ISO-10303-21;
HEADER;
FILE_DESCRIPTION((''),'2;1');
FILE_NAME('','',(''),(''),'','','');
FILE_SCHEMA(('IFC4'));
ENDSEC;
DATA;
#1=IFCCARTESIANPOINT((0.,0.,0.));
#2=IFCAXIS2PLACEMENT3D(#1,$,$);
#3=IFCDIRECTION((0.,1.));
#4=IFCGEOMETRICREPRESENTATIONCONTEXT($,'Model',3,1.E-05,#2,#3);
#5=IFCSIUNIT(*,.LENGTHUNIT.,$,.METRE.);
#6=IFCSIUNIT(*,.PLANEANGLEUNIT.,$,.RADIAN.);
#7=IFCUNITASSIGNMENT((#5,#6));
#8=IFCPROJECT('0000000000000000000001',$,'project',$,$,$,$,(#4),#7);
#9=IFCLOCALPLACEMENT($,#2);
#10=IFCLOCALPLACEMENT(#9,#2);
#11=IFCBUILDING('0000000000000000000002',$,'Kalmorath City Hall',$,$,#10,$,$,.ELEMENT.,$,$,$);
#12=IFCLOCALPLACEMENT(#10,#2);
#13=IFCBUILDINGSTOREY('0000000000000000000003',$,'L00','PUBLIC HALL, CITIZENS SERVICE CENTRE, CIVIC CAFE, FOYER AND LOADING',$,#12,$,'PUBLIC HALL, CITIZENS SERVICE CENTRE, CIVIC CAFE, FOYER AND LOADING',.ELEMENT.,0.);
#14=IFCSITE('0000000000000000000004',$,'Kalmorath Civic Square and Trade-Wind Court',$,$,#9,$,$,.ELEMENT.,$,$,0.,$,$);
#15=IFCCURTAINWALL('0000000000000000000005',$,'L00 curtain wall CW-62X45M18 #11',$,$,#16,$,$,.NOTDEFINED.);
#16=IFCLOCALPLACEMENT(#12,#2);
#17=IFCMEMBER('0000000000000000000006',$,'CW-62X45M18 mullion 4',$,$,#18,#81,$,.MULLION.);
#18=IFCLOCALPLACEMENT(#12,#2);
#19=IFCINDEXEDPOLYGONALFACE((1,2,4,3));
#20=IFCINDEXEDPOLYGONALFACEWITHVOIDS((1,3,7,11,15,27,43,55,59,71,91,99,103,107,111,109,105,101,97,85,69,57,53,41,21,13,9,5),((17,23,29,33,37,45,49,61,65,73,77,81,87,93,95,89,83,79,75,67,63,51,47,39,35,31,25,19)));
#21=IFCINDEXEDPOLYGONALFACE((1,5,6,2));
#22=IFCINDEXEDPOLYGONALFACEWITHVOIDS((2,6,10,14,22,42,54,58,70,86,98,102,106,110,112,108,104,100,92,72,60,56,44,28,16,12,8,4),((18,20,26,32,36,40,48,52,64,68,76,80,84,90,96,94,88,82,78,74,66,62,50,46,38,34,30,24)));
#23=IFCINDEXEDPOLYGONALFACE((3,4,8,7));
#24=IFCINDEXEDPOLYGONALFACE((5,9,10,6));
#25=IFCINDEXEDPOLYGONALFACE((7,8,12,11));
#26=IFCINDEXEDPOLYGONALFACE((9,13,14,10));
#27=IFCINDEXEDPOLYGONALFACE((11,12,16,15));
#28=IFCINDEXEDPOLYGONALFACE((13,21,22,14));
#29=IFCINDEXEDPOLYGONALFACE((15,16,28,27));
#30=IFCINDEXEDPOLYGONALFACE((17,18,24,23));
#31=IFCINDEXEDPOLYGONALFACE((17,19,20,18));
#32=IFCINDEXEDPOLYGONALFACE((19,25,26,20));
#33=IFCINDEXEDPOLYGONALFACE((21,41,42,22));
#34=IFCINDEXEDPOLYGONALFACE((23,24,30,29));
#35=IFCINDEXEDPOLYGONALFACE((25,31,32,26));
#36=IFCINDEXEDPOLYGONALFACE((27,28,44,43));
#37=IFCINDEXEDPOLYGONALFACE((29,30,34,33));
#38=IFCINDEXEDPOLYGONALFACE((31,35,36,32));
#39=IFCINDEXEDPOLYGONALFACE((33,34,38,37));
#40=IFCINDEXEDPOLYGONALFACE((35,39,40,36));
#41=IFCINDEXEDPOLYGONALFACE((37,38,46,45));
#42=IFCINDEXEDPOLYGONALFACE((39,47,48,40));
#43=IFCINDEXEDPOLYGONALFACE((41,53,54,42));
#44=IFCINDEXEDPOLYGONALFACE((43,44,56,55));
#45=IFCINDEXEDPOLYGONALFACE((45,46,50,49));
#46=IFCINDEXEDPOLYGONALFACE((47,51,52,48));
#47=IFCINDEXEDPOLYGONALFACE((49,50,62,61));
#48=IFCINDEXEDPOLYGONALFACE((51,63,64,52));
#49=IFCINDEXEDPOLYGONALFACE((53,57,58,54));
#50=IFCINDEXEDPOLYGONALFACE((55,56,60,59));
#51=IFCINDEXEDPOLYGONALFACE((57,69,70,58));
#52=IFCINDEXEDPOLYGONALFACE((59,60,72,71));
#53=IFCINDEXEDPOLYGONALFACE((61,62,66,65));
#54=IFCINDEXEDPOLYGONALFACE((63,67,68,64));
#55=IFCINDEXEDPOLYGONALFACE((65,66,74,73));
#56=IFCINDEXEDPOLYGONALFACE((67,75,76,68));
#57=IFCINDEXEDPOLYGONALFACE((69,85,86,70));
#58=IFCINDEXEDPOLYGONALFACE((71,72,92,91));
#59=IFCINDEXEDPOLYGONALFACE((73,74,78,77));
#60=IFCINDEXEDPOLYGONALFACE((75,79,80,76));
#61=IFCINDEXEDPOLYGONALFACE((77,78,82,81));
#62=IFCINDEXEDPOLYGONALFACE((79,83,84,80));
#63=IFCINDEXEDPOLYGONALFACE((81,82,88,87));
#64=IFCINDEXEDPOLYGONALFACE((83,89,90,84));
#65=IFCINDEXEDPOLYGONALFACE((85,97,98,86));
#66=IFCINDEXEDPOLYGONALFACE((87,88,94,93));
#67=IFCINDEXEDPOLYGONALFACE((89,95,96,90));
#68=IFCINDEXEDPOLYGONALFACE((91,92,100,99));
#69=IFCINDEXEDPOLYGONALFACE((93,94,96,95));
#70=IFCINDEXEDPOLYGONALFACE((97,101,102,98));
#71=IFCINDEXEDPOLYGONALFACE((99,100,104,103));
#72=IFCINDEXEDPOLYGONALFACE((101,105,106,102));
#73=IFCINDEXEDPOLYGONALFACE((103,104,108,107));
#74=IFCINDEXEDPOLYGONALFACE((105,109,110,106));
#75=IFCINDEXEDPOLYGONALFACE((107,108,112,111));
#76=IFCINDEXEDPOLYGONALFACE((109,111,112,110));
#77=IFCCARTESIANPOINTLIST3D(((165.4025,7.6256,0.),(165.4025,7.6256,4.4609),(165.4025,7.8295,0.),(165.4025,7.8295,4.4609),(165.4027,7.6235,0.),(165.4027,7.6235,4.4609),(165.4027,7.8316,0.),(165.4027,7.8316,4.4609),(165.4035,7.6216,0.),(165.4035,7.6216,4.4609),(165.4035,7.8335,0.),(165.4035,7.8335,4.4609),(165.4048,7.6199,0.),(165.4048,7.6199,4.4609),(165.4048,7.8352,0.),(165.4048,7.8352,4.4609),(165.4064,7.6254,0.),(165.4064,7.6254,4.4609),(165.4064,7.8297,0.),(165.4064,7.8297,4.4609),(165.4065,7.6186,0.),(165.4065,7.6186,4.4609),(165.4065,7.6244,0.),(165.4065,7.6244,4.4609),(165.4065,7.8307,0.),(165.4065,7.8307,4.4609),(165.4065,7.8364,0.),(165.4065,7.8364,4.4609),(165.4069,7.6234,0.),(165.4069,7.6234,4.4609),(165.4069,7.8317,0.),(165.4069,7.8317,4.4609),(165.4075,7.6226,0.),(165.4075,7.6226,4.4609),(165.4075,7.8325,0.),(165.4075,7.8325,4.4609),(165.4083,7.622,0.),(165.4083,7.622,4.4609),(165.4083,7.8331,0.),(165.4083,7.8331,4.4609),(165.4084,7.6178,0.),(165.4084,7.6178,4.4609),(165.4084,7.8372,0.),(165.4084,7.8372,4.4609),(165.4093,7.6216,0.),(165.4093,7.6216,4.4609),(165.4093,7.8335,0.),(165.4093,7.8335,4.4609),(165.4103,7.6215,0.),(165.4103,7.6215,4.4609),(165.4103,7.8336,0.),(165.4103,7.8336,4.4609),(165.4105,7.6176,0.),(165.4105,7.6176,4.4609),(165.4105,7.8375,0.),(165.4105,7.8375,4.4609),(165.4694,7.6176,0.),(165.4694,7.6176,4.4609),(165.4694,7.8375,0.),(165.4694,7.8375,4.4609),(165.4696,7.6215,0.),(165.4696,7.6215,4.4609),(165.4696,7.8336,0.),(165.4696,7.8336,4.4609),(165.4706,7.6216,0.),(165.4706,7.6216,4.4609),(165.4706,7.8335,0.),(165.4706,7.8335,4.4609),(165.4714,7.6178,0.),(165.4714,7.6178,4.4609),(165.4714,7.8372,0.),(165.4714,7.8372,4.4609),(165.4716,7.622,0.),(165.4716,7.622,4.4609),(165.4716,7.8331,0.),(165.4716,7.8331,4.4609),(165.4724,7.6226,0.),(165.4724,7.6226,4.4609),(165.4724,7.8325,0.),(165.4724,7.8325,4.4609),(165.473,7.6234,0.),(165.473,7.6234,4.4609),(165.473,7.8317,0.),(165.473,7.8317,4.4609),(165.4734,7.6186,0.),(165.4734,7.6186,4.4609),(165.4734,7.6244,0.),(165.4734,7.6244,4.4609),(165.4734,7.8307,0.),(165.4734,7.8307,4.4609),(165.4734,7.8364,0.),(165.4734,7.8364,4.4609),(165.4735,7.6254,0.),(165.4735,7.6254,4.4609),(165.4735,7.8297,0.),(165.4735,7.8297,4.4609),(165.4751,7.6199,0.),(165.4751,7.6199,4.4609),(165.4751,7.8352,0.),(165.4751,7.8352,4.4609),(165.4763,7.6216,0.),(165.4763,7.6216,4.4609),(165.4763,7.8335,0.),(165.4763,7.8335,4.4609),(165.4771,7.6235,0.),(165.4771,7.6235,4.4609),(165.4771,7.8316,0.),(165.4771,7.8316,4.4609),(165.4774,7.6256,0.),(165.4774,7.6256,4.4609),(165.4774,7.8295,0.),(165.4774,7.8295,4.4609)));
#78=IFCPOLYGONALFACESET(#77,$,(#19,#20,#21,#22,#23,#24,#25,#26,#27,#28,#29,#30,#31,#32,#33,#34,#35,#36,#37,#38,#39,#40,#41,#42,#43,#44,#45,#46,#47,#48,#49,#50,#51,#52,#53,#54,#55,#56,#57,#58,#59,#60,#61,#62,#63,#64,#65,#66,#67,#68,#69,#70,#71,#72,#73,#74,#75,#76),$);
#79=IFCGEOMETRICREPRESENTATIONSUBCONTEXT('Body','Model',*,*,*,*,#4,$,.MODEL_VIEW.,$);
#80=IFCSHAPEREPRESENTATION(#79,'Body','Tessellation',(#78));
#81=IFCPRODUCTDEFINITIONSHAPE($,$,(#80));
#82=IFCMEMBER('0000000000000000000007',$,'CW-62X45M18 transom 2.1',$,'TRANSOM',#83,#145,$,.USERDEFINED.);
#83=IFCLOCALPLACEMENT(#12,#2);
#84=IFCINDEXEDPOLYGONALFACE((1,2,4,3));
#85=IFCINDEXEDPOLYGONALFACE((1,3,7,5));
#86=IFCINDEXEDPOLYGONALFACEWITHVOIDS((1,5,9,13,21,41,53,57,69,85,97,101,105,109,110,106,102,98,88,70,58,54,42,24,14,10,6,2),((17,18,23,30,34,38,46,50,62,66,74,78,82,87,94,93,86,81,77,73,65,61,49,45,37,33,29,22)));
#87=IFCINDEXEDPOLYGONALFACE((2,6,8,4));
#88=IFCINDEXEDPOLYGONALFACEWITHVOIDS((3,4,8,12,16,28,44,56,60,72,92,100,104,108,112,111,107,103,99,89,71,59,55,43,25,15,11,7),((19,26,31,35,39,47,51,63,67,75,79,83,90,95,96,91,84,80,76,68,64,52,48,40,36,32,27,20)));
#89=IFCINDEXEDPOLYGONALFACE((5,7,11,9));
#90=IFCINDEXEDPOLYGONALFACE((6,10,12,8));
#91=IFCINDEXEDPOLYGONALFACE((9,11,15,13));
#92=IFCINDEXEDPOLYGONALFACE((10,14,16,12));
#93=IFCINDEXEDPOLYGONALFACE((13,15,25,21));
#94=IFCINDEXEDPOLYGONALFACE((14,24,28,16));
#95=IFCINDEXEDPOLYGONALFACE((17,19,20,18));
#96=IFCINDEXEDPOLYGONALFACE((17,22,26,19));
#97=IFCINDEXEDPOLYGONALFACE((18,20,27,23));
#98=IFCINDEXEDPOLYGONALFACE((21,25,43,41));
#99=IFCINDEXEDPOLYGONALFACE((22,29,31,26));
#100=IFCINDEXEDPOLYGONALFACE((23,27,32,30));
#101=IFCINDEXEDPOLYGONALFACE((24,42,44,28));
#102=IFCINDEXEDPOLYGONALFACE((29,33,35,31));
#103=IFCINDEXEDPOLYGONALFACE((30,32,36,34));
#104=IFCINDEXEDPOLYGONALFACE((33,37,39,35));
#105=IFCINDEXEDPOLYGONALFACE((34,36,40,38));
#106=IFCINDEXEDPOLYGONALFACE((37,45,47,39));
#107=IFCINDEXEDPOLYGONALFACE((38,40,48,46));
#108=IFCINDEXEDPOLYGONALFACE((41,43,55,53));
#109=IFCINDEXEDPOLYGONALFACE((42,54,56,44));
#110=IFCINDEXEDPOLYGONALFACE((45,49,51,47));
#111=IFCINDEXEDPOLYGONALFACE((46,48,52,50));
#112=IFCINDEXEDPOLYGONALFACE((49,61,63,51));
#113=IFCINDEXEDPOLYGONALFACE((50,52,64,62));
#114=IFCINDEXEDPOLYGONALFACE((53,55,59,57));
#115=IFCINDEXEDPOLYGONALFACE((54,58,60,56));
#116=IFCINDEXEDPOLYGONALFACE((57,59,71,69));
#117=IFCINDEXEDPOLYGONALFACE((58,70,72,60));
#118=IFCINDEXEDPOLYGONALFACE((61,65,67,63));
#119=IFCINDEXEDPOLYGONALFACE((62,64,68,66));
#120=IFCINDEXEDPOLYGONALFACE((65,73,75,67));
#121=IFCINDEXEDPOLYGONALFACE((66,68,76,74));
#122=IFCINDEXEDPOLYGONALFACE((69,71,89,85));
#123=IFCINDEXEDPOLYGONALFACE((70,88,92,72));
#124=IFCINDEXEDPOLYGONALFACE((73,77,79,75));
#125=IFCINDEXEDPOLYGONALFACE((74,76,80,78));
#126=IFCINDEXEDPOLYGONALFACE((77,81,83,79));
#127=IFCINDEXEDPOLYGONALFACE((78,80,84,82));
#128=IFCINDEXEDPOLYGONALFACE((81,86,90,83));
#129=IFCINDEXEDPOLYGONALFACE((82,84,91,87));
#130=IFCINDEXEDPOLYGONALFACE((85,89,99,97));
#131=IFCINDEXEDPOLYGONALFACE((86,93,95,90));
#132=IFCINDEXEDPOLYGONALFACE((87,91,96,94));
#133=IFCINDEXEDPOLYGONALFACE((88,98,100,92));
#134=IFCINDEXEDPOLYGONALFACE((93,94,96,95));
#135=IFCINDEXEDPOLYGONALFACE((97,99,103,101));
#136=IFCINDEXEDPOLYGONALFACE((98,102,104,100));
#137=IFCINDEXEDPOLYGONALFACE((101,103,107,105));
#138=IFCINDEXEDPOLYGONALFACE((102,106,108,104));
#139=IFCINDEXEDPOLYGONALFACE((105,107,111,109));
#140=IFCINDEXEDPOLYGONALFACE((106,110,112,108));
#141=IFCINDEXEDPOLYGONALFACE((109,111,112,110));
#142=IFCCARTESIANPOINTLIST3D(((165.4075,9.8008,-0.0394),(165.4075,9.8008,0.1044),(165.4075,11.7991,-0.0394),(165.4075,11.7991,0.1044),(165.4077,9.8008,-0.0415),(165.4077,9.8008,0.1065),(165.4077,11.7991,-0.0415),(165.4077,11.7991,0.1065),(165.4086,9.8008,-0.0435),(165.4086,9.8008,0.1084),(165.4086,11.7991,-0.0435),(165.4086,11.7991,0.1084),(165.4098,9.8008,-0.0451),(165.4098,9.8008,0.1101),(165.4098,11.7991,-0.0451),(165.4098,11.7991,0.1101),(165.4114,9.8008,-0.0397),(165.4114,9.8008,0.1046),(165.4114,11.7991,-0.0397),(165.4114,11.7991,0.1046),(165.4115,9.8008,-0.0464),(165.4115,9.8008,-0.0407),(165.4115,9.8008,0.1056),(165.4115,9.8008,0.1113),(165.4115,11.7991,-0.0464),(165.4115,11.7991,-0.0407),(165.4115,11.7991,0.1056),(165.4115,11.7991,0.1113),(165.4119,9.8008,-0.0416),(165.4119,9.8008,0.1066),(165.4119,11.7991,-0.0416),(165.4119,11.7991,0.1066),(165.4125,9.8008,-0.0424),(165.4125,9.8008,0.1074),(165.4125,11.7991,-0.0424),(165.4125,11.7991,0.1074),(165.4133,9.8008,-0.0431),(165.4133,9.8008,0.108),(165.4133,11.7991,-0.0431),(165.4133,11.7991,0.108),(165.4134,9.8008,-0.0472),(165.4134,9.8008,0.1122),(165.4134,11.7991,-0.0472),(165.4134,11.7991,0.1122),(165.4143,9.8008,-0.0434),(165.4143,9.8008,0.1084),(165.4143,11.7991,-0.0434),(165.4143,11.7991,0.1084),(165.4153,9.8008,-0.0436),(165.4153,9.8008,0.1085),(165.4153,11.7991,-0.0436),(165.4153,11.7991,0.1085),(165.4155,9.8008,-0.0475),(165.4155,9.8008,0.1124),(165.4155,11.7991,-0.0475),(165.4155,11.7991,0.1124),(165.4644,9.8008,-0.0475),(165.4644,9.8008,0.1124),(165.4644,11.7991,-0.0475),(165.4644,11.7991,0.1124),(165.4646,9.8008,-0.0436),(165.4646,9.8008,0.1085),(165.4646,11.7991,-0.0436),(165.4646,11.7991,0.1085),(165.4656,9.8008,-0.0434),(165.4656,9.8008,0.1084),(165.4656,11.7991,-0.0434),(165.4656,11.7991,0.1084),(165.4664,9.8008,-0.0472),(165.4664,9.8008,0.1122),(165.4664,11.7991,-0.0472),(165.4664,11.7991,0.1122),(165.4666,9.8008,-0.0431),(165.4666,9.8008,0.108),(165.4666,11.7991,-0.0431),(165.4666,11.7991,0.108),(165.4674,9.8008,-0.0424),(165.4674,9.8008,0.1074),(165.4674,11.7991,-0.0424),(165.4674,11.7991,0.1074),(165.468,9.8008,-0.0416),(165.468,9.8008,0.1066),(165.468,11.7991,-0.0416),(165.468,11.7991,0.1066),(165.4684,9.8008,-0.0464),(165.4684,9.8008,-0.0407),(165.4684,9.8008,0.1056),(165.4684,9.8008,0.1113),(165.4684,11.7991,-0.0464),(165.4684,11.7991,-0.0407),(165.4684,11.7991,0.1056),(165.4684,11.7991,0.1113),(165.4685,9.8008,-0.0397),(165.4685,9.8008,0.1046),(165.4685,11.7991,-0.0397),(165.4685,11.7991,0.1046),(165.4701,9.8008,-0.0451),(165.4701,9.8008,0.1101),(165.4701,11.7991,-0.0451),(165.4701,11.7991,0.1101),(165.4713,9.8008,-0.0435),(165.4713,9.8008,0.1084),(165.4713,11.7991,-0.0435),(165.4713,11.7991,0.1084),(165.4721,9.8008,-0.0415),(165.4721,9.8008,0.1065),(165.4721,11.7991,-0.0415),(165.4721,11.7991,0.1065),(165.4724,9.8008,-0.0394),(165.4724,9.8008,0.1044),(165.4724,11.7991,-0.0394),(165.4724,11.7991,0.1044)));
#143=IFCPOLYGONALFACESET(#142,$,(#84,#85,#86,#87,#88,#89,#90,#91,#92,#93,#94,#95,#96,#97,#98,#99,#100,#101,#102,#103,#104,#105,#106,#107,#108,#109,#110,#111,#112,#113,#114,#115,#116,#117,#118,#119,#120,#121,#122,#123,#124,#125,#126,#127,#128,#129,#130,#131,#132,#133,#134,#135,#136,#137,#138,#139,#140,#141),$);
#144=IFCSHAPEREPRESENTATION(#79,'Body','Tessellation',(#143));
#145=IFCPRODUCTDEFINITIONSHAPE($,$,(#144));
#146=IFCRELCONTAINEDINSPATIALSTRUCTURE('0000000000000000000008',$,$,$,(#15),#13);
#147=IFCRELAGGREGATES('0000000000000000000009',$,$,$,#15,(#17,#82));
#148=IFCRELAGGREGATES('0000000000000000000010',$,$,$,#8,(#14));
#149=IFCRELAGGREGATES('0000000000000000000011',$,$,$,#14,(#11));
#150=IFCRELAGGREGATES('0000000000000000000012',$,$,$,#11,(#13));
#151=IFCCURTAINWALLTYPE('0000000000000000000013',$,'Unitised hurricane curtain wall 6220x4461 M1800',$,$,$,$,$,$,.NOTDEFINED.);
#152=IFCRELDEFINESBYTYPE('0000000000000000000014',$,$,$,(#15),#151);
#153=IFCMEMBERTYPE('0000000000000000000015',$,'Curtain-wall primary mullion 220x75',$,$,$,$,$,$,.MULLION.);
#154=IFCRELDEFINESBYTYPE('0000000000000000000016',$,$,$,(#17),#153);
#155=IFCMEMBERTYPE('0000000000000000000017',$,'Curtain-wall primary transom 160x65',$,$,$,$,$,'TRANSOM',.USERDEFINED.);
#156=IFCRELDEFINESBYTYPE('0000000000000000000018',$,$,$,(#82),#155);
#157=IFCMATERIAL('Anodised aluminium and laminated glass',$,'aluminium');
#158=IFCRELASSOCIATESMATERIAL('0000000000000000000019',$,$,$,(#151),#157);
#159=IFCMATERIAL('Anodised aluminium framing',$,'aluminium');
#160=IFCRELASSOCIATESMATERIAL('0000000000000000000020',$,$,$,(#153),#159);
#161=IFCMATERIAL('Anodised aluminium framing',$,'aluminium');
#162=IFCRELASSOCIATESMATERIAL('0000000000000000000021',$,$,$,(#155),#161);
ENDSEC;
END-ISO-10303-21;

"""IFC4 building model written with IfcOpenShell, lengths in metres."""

from ifc_helpers import new_model, si_unit, direction, frame, origin, origin_2d, place, context, subcontext, project, spatial, hollow_rectangle, extrude, material, material_profile, profile_set, type_object, element, aggregate, save


model = new_model("IFC4")

# Units and contexts
model_context = context("Model", 3, precision=1e-05, world=origin(), true_north=direction((0.0, 1.0)))
body_context = subcontext(model_context, "Body", "Model", "MODEL_VIEW")
ifc_project = project(units=[si_unit("LENGTHUNIT", "METRE"), si_unit("PLANEANGLEUNIT", "RADIAN")], contexts=[model_context])

# Site, building, storey
site_placement = place(None, origin())
site = spatial("IfcSite", under=ifc_project, at=site_placement, Name="Kalmorath Civic Square and Trade-Wind Court", CompositionType="ELEMENT", RefElevation=0.0)
building_placement = place(site_placement, origin())
building = spatial("IfcBuilding", under=site, at=building_placement, Name="Kalmorath City Hall", CompositionType="ELEMENT")
storey_placement = place(building_placement, origin())
storey = spatial("IfcBuildingStorey", under=building, at=storey_placement, Name="L00", Description="PUBLIC HALL, CITIZENS SERVICE CENTRE, CIVIC CAFE, FOYER AND LOADING", LongName="PUBLIC HALL, CITIZENS SERVICE CENTRE, CIVIC CAFE, FOYER AND LOADING", CompositionType="ELEMENT", Elevation=0.0)

# Curtain wall, members
ifc_material_1 = material(Name="Anodised aluminium and laminated glass", Category="aluminium")
curtain_wall_type = type_object("IfcCurtainWallType", Name="Unitised hurricane curtain wall 6220x4461 M1800", PredefinedType="NOTDEFINED", material=ifc_material_1)
curtain_wall_placement = place(storey_placement, origin())
curtain_wall = element("IfcCurtainWall", 1, at=curtain_wall_placement, inside=storey, type_object=curtain_wall_type, Name="L00 curtain wall CW-62X45M18 #11", PredefinedType="NOTDEFINED")
ifc_material_2 = material(Name="Anodised aluminium framing", Category="aluminium")
ifc_material_profile_1 = material_profile(ifc_material_2, hollow_rectangle(XDim=0.075, YDim=0.22, WallThickness=0.0039, InnerFilletRadius=0.0039, OuterFilletRadius=0.0081, at=origin_2d()), Name="ALU-MUL-220X75X4")
ifc_profile_set_1 = profile_set([ifc_material_profile_1], Name="Anodised aluminium framing")
member_type_1 = type_object("IfcMemberType", Name="Curtain-wall primary mullion 220x75", PredefinedType="MULLION", material=ifc_profile_set_1)
member_1_placement = place(storey_placement, frame((165.4399, 7.7275, 0.0), z_axis=(0.0, 0.0, 1.0), x_axis=(1.0, 0.0, 0.0)))
member_1 = element("IfcMember", 2, at=member_1_placement, type_object=member_type_1, Name="CW-62X45M18 mullion 4", PredefinedType="MULLION", context=body_context, shape_type="SweptSolid", body=[
    extrude(hollow_rectangle(XDim=0.075, YDim=0.22, WallThickness=0.0039, InnerFilletRadius=0.0039, OuterFilletRadius=0.0081, at=origin_2d()), origin(), (0.0, 0.0, 1.0), 4.4609),
])
ifc_material_3 = material(Name="Anodised aluminium framing", Category="aluminium")
ifc_material_profile_2 = material_profile(ifc_material_3, hollow_rectangle(XDim=0.0649, YDim=0.1599, WallThickness=0.0039, InnerFilletRadius=0.0039, OuterFilletRadius=0.0081, at=origin_2d()), Name="ALU-TRN-160X65X4")
ifc_profile_set_2 = profile_set([ifc_material_profile_2], Name="Anodised aluminium framing")
member_type_2 = type_object("IfcMemberType", Name="Curtain-wall primary transom 160x65", ElementType="TRANSOM", PredefinedType="USERDEFINED", material=ifc_profile_set_2)
member_2_placement = place(storey_placement, frame((165.4399, 11.7991, 0.0325), z_axis=(0.0, -1.0, 0.0), x_axis=(1.0, 0.0, 0.0)))
member_2 = element("IfcMember", 3, at=member_2_placement, type_object=member_type_2, Name="CW-62X45M18 transom 2.1", ObjectType="TRANSOM", PredefinedType="USERDEFINED", context=body_context, shape_type="SweptSolid", body=[
    extrude(hollow_rectangle(XDim=0.0649, YDim=0.1599, WallThickness=0.0039, InnerFilletRadius=0.0039, OuterFilletRadius=0.0081, at=origin_2d()), origin(), (0.0, 0.0, 1.0), 1.9983),
])

aggregate(curtain_wall, [member_1, member_2])

save(model, "model.ifc")
